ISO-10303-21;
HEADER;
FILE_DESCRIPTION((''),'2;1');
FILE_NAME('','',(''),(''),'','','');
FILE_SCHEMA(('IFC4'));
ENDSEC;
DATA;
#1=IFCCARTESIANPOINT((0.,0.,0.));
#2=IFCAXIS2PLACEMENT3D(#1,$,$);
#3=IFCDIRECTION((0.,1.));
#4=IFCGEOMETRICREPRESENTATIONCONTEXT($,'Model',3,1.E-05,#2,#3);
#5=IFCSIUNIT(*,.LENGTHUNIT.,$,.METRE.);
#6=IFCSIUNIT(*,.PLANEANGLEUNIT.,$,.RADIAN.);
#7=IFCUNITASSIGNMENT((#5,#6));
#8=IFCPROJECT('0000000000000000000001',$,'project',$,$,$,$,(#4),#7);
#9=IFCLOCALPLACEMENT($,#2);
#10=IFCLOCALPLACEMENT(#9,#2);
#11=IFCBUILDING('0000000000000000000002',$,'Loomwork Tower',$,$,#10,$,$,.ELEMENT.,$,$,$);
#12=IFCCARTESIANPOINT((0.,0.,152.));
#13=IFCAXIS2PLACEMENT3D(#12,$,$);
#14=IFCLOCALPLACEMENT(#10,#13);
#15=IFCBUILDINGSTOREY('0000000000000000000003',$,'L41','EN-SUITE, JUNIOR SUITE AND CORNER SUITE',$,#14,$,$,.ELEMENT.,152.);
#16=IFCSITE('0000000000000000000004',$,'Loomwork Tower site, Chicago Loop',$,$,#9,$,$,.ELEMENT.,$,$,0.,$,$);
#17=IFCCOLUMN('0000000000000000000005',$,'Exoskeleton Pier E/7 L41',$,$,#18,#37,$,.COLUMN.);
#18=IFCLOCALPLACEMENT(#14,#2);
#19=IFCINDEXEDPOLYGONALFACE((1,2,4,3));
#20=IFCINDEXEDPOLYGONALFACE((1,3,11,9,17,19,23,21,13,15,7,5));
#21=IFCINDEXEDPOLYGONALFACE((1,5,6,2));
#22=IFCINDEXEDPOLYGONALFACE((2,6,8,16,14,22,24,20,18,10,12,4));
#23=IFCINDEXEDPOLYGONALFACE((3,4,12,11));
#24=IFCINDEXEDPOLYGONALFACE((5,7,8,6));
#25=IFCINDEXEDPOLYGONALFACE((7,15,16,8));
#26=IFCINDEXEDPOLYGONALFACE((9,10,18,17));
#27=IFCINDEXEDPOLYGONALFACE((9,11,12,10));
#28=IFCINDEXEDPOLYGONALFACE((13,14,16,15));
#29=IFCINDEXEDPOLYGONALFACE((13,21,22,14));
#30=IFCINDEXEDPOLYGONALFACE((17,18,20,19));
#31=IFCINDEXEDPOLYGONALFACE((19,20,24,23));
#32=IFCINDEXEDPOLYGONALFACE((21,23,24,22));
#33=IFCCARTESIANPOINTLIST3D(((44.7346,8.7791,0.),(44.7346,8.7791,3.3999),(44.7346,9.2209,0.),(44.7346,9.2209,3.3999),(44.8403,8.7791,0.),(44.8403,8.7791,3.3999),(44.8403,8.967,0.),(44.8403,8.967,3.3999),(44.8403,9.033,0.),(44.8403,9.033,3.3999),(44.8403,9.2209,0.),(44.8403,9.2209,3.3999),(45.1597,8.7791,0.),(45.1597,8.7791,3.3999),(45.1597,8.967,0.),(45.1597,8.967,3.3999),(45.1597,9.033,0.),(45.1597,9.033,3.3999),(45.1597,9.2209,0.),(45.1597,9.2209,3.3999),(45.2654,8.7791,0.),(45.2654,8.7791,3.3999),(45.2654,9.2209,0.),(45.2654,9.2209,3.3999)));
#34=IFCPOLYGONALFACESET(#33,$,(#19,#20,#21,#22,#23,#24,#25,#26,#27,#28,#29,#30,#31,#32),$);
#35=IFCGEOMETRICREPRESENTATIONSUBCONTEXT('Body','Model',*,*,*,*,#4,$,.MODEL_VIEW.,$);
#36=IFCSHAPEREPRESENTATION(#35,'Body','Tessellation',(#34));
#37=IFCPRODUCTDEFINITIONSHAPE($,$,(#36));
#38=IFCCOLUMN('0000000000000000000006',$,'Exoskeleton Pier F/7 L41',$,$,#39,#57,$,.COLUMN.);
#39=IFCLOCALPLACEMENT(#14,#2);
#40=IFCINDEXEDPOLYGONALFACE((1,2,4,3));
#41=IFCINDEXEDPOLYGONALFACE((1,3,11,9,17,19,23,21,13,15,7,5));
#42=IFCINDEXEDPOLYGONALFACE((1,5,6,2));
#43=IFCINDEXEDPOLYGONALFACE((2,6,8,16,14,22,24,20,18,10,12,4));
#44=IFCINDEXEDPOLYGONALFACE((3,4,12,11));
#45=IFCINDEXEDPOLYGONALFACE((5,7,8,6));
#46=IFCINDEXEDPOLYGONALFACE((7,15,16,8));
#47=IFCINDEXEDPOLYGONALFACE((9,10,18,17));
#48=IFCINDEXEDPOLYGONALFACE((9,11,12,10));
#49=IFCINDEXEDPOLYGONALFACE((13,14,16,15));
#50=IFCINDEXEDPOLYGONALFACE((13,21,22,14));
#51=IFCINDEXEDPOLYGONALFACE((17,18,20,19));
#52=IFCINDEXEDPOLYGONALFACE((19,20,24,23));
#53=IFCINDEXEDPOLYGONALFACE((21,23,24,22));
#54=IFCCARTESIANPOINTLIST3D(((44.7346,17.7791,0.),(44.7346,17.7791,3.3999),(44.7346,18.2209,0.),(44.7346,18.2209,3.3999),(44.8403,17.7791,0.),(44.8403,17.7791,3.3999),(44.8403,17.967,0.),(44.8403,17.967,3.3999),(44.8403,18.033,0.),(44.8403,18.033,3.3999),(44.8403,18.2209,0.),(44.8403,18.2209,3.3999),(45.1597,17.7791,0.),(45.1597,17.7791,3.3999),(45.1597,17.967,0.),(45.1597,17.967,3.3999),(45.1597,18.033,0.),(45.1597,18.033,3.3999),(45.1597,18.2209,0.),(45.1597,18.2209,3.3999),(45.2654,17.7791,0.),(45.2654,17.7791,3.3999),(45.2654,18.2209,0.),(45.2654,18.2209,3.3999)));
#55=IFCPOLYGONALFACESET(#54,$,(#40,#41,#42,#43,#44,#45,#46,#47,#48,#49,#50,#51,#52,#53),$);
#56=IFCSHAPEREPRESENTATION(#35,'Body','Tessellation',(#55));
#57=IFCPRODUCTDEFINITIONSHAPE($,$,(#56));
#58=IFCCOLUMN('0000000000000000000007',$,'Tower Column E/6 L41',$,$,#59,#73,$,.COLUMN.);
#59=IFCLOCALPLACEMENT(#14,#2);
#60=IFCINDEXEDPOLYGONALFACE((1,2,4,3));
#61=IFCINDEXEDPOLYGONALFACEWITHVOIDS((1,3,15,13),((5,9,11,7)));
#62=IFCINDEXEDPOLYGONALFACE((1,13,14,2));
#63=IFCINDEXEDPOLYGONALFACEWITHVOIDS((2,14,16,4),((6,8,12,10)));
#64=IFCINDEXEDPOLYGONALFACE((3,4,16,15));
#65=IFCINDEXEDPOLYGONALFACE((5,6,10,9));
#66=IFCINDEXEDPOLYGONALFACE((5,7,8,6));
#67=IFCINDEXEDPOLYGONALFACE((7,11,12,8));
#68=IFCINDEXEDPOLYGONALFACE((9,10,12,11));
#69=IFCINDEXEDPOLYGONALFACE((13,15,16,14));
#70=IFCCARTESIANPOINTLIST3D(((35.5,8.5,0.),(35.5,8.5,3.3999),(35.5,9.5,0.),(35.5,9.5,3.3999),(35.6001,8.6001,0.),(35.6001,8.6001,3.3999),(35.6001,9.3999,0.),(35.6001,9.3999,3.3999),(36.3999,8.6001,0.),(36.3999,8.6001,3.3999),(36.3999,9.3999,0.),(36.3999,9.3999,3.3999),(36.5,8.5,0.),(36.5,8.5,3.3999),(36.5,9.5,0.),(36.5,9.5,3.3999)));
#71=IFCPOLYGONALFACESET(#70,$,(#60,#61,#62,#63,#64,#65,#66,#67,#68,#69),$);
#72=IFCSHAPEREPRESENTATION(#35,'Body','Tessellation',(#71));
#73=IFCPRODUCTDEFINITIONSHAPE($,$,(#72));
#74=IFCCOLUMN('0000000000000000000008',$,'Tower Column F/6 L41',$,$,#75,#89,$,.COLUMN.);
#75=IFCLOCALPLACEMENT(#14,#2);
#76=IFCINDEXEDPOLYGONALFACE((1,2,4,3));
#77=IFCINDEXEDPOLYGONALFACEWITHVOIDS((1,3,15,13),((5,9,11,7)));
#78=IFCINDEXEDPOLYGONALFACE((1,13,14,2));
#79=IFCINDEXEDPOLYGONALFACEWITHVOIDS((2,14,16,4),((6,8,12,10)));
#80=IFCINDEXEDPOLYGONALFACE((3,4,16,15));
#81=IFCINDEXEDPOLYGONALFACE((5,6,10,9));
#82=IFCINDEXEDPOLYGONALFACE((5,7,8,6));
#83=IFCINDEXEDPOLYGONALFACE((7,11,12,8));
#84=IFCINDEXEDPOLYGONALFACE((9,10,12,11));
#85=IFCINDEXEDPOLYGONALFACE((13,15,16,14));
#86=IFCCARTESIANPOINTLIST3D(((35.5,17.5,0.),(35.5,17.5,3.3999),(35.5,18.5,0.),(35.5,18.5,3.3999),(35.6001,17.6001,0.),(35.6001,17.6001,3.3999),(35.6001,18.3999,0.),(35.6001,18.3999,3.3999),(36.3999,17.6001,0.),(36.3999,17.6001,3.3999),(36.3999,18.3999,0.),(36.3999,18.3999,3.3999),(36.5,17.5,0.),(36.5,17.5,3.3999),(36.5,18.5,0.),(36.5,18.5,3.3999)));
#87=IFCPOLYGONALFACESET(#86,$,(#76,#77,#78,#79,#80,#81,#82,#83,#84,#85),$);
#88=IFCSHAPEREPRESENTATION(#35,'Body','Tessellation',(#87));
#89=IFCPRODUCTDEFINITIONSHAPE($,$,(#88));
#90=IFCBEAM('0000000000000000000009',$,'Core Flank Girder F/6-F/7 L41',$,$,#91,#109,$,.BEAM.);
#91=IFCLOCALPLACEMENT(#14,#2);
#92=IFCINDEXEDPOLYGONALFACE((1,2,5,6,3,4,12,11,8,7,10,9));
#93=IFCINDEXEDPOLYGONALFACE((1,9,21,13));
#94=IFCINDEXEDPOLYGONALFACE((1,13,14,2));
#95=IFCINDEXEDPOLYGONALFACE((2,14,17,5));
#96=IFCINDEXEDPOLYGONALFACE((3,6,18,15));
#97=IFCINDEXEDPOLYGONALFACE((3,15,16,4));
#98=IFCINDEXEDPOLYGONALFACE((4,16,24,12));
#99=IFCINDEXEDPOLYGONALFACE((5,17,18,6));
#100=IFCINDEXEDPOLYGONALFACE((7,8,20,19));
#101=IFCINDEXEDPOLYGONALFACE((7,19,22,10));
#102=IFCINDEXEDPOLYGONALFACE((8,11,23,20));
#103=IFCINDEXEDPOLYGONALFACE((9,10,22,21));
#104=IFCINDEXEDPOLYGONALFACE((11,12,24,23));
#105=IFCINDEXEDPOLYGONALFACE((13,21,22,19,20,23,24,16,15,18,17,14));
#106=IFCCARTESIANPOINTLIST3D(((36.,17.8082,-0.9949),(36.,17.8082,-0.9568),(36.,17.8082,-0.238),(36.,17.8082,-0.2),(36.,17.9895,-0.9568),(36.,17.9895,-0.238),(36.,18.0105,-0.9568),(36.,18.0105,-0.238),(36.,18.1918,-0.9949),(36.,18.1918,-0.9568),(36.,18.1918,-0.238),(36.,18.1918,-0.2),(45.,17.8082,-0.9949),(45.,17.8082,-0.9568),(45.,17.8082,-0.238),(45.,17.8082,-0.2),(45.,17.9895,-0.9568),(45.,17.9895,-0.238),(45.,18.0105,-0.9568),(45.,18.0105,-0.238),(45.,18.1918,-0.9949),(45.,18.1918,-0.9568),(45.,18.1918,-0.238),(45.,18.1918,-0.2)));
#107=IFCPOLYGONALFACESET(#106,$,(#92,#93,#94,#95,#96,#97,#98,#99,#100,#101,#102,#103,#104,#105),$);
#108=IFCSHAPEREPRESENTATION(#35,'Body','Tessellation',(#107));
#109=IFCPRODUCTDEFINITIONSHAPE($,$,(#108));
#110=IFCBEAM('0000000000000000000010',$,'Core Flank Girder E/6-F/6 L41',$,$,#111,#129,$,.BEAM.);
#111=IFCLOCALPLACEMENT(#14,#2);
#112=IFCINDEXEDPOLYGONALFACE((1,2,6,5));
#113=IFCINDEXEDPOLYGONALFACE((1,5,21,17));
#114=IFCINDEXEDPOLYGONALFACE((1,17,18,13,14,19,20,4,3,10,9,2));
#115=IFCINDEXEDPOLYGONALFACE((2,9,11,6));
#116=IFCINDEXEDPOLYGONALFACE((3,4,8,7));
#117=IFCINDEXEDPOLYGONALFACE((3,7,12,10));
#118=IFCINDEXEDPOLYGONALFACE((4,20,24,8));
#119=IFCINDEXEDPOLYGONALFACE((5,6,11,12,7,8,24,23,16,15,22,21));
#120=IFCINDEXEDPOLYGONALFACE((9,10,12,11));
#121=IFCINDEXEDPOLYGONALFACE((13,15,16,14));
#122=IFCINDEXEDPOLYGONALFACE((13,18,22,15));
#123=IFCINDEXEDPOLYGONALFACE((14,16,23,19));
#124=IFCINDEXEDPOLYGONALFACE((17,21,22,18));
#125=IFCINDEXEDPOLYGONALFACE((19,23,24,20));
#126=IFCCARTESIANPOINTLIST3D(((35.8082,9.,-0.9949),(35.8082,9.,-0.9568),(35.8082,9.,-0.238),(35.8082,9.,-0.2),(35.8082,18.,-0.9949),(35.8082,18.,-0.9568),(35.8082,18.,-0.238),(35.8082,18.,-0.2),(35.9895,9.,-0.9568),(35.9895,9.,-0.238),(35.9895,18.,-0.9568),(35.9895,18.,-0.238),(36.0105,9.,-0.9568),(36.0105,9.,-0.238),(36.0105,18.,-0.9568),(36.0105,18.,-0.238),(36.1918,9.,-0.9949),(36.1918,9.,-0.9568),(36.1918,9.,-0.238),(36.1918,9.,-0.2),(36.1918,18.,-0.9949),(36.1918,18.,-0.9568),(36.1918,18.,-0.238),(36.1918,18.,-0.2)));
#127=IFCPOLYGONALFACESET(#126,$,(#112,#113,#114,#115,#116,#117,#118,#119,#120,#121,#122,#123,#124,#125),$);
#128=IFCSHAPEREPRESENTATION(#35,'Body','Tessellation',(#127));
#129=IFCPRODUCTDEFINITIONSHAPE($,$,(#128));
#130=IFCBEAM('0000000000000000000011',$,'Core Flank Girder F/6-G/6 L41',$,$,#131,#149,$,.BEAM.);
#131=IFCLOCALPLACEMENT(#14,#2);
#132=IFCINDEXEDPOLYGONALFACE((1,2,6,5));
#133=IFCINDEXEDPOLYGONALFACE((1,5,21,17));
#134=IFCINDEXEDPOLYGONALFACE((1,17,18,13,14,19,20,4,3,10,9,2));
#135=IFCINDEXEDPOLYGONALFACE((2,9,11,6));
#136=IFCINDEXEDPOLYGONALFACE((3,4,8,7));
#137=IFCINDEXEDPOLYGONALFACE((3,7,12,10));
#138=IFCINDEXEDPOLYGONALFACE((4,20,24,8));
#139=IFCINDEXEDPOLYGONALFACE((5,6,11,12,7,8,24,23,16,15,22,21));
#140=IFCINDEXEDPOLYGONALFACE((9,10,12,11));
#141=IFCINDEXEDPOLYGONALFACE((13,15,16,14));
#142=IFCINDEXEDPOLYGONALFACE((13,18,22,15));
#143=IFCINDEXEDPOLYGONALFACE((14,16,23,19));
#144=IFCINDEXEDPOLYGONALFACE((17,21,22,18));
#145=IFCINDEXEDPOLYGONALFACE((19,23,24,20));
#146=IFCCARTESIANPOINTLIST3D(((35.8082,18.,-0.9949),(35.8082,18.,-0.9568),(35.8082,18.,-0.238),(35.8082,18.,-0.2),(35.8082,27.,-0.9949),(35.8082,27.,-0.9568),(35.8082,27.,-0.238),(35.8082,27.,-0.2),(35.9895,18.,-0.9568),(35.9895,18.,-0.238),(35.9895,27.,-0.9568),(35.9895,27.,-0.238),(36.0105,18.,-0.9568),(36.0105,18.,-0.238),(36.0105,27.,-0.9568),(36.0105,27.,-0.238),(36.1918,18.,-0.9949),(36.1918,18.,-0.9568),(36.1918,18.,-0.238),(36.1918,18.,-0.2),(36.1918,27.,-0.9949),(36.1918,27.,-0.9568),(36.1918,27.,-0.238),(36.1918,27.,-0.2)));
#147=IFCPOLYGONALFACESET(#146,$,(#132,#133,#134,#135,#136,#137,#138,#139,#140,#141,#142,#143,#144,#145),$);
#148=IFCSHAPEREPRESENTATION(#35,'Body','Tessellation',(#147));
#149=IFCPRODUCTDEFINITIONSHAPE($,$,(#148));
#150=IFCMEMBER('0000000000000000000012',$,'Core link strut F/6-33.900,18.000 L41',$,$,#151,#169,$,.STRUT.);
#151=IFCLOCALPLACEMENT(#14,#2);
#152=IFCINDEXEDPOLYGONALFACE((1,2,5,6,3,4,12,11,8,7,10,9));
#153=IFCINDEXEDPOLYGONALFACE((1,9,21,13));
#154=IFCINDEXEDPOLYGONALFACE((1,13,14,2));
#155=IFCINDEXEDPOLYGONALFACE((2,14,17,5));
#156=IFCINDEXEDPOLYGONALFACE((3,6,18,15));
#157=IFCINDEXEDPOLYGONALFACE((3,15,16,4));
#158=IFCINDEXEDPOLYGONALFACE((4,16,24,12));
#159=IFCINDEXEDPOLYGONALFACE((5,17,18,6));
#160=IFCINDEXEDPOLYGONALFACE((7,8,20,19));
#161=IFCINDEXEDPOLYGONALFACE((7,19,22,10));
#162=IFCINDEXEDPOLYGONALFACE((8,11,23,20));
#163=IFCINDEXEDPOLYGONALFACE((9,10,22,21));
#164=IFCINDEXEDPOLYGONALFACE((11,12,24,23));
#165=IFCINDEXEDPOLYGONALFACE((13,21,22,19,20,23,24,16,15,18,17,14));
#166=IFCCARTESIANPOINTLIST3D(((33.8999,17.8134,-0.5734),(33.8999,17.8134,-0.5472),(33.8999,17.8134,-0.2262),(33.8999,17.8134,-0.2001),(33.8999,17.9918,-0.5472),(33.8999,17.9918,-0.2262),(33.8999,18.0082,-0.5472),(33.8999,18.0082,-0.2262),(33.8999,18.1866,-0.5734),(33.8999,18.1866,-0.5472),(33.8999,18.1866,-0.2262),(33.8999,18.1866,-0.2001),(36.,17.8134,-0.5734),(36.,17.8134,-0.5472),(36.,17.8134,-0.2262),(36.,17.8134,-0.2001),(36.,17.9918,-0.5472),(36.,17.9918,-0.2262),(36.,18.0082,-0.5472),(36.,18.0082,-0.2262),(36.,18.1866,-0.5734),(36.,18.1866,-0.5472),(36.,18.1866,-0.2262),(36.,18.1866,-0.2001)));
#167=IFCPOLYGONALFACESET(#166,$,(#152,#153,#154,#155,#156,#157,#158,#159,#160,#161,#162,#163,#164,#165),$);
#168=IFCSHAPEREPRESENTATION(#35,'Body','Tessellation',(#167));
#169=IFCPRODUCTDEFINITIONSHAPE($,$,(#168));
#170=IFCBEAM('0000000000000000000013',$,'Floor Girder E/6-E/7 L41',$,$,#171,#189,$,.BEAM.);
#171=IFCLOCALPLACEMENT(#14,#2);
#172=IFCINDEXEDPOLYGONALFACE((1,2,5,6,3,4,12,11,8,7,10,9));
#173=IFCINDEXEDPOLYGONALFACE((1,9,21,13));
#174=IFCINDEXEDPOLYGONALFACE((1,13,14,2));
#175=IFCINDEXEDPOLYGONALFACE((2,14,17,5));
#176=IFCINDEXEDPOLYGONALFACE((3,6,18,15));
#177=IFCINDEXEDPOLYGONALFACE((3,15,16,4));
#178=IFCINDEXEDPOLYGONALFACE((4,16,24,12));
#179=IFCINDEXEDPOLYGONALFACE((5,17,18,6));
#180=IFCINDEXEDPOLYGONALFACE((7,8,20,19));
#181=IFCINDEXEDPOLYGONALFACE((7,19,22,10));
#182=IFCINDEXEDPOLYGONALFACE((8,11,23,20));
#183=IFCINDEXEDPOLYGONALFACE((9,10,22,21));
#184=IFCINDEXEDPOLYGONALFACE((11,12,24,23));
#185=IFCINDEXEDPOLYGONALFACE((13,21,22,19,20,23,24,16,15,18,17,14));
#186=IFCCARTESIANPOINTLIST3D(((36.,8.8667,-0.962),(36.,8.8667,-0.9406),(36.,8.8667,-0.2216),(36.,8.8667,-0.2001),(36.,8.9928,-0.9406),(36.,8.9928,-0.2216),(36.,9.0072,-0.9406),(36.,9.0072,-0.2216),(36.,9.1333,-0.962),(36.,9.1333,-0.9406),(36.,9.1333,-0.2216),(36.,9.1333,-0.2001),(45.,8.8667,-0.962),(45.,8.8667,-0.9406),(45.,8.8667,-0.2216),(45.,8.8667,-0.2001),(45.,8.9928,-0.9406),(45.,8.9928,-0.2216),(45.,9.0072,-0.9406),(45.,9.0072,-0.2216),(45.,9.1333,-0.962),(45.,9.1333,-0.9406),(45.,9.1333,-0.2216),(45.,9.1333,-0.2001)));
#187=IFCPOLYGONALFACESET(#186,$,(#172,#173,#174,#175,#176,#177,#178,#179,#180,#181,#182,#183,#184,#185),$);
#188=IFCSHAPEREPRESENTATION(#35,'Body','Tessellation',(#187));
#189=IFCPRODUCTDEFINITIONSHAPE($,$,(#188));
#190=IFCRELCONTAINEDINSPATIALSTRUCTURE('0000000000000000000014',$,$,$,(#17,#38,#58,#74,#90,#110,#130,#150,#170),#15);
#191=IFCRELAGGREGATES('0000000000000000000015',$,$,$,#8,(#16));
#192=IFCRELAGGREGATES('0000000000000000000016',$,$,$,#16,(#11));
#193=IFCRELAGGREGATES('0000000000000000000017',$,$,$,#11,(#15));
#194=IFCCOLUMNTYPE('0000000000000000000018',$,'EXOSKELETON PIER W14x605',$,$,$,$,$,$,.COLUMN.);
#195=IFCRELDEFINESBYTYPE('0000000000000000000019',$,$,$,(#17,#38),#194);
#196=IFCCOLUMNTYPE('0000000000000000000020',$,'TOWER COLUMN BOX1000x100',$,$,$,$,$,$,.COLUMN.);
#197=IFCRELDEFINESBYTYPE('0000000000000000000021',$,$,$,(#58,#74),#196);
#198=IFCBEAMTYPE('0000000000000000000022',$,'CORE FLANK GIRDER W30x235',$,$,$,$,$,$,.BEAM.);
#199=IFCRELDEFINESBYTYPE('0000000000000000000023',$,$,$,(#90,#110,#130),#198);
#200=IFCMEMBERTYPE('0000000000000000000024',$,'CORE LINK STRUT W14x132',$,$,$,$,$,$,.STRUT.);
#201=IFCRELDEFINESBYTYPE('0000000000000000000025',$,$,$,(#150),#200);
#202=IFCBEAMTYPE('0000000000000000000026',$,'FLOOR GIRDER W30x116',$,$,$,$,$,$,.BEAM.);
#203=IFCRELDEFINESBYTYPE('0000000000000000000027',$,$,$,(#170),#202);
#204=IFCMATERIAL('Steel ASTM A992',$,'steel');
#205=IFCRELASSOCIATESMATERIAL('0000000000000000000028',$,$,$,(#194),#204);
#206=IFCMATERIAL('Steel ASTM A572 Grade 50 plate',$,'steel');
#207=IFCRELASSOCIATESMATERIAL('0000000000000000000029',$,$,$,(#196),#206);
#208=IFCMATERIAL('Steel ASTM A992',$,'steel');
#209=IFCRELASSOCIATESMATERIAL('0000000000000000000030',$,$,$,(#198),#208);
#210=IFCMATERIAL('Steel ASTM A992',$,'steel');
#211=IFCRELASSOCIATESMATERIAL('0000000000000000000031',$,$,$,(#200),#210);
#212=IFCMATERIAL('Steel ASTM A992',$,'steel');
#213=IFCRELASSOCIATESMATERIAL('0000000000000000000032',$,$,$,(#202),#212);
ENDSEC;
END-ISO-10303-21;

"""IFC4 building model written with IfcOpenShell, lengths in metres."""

from ifc_helpers import new_model, si_unit, direction, frame, origin, origin_2d, place, context, subcontext, project, spatial, hollow_rectangle, i_section, extrude, material, material_profile, profile_set, type_object, element, save


model = new_model("IFC4")

# Units and contexts
model_context = context("Model", 3, precision=1e-05, world=origin(), true_north=direction((0.0, 1.0)))
body_context = subcontext(model_context, "Body", "Model", "MODEL_VIEW")
ifc_project = project(units=[si_unit("LENGTHUNIT", "METRE"), si_unit("PLANEANGLEUNIT", "RADIAN")], contexts=[model_context])

# Site, building, storey
site_placement = place(None, origin())
site = spatial("IfcSite", under=ifc_project, at=site_placement, Name="Loomwork Tower site, Chicago Loop", CompositionType="ELEMENT", RefElevation=0.0)
building_placement = place(site_placement, origin())
building = spatial("IfcBuilding", under=site, at=building_placement, Name="Loomwork Tower", CompositionType="ELEMENT")
storey_placement = place(building_placement, frame((0.0, 0.0, 152.0)))
storey = spatial("IfcBuildingStorey", under=building, at=storey_placement, Name="L41", Description="EN-SUITE, JUNIOR SUITE AND CORNER SUITE", CompositionType="ELEMENT", Elevation=152.0)

# Columns
ifc_material_1 = material(Name="Steel ASTM A992", Category="steel")
ifc_material_profile_1 = material_profile(ifc_material_1, i_section(OverallWidth=0.4419, OverallDepth=0.5308, WebThickness=0.0659, FlangeThickness=0.1057, at=origin_2d()), Name="W14x605")
ifc_profile_set_1 = profile_set([ifc_material_profile_1], Name="Steel ASTM A992")
column_type_1 = type_object("IfcColumnType", Name="EXOSKELETON PIER W14x605", PredefinedType="COLUMN", material=ifc_profile_set_1)
for number, where, z_axis, x_axis, name in (
    (1, (45.0, 9.0, 0.0), (0.0, 0.0, 1.0), (0.0, 1.0, 0.0), "Exoskeleton Pier E/7 L41"),
    (2, (45.0, 18.0, 0.0), (0.0, 0.0, 1.0), (0.0, 1.0, 0.0), "Exoskeleton Pier F/7 L41"),
):
    element("IfcColumn", number, at=place(storey_placement, frame(where, z_axis=z_axis, x_axis=x_axis)), inside=storey, type_object=column_type_1, Name=name, PredefinedType="COLUMN", context=body_context, shape_type="SweptSolid", body=[
        extrude(i_section(OverallWidth=0.4419, OverallDepth=0.5308, WebThickness=0.0659, FlangeThickness=0.1057, at=origin_2d()), origin(), (0.0, 0.0, 1.0), 3.3999),
    ])
ifc_material_2 = material(Name="Steel ASTM A572 Grade 50 plate", Category="steel")
ifc_material_profile_2 = material_profile(ifc_material_2, hollow_rectangle(XDim=1.0, YDim=1.0, WallThickness=0.1001, at=origin_2d()), Name="BOX1000x100")
ifc_profile_set_2 = profile_set([ifc_material_profile_2], Name="Steel ASTM A572 Grade 50 plate")
column_type_2 = type_object("IfcColumnType", Name="TOWER COLUMN BOX1000x100", PredefinedType="COLUMN", material=ifc_profile_set_2)
for number, where, z_axis, x_axis, name in (
    (3, (36.0, 9.0, 0.0), (0.0, 0.0, 1.0), (0.0, 1.0, 0.0), "Tower Column E/6 L41"),
    (4, (36.0, 18.0, 0.0), (0.0, 0.0, 1.0), (0.0, 1.0, 0.0), "Tower Column F/6 L41"),
):
    element("IfcColumn", number, at=place(storey_placement, frame(where, z_axis=z_axis, x_axis=x_axis)), inside=storey, type_object=column_type_2, Name=name, PredefinedType="COLUMN", context=body_context, shape_type="SweptSolid", body=[
        extrude(hollow_rectangle(XDim=1.0, YDim=1.0, WallThickness=0.1001, at=origin_2d()), origin(), (0.0, 0.0, 1.0), 3.3999),
    ])

# Beams
ifc_material_3 = material(Name="Steel ASTM A992", Category="steel")
ifc_material_profile_3 = material_profile(ifc_material_3, i_section(OverallWidth=0.3835, OverallDepth=0.7949, WebThickness=0.021, FlangeThickness=0.0381, at=origin_2d()), Name="W30x235")
ifc_profile_set_3 = profile_set([ifc_material_profile_3], Name="Steel ASTM A992")
beam_type_1 = type_object("IfcBeamType", Name="CORE FLANK GIRDER W30x235", PredefinedType="BEAM", material=ifc_profile_set_3)
for number, where, z_axis, x_axis, name in (
    (5, (36.0, 18.0, -0.5974), (1.0, 0.0, 0.0), (0.0, 1.0, 0.0), "Core Flank Girder F/6-F/7 L41"),
    (6, (36.0, 9.0, -0.5974), (0.0, 1.0, 0.0), (-1.0, 0.0, 0.0), "Core Flank Girder E/6-F/6 L41"),
    (7, (36.0, 18.0, -0.5974), (0.0, 1.0, 0.0), (-1.0, 0.0, 0.0), "Core Flank Girder F/6-G/6 L41"),
):
    element("IfcBeam", number, at=place(storey_placement, frame(where, z_axis=z_axis, x_axis=x_axis)), inside=storey, type_object=beam_type_1, Name=name, PredefinedType="BEAM", context=body_context, shape_type="SweptSolid", body=[
        extrude(i_section(OverallWidth=0.3835, OverallDepth=0.7949, WebThickness=0.021, FlangeThickness=0.0381, at=origin_2d()), origin(), (0.0, 0.0, 1.0), 9.0),
    ])

# Member
ifc_material_4 = material(Name="Steel ASTM A992", Category="steel")
ifc_material_profile_4 = material_profile(ifc_material_4, i_section(OverallWidth=0.3733, OverallDepth=0.3733, WebThickness=0.0164, FlangeThickness=0.0261, at=origin_2d()), Name="W14x132")
ifc_profile_set_4 = profile_set([ifc_material_profile_4], Name="Steel ASTM A992")
member_type_1 = type_object("IfcMemberType", Name="CORE LINK STRUT W14x132", PredefinedType="STRUT", material=ifc_profile_set_4)
member_1_placement = place(storey_placement, frame((36.0, 18.0, -0.3867), z_axis=(-1.0, 0.0, 0.0), x_axis=(0.0, -1.0, 0.0)))
element("IfcMember", 8, at=member_1_placement, inside=storey, type_object=member_type_1, Name="Core link strut F/6-33.900,18.000 L41", PredefinedType="STRUT", context=body_context, shape_type="SweptSolid", body=[
    extrude(i_section(OverallWidth=0.3733, OverallDepth=0.3733, WebThickness=0.0164, FlangeThickness=0.0261, at=origin_2d()), origin(), (0.0, 0.0, 1.0), 2.1001),
])

# Beam
ifc_material_5 = material(Name="Steel ASTM A992", Category="steel")
ifc_material_profile_5 = material_profile(ifc_material_5, i_section(OverallWidth=0.2666, OverallDepth=0.762, WebThickness=0.0144, FlangeThickness=0.0215, at=origin_2d()), Name="W30x116")
ifc_profile_set_5 = profile_set([ifc_material_profile_5], Name="Steel ASTM A992")
beam_type_2 = type_object("IfcBeamType", Name="FLOOR GIRDER W30x116", PredefinedType="BEAM", material=ifc_profile_set_5)
beam_1_placement = place(storey_placement, frame((36.0, 9.0, -0.5811), z_axis=(1.0, 0.0, 0.0), x_axis=(0.0, 1.0, 0.0)))
element("IfcBeam", 9, at=beam_1_placement, inside=storey, type_object=beam_type_2, Name="Floor Girder E/6-E/7 L41", PredefinedType="BEAM", context=body_context, shape_type="SweptSolid", body=[
    extrude(i_section(OverallWidth=0.2666, OverallDepth=0.762, WebThickness=0.0144, FlangeThickness=0.0215, at=origin_2d()), origin(), (0.0, 0.0, 1.0), 9.0),
])

save(model, "model.ifc")
